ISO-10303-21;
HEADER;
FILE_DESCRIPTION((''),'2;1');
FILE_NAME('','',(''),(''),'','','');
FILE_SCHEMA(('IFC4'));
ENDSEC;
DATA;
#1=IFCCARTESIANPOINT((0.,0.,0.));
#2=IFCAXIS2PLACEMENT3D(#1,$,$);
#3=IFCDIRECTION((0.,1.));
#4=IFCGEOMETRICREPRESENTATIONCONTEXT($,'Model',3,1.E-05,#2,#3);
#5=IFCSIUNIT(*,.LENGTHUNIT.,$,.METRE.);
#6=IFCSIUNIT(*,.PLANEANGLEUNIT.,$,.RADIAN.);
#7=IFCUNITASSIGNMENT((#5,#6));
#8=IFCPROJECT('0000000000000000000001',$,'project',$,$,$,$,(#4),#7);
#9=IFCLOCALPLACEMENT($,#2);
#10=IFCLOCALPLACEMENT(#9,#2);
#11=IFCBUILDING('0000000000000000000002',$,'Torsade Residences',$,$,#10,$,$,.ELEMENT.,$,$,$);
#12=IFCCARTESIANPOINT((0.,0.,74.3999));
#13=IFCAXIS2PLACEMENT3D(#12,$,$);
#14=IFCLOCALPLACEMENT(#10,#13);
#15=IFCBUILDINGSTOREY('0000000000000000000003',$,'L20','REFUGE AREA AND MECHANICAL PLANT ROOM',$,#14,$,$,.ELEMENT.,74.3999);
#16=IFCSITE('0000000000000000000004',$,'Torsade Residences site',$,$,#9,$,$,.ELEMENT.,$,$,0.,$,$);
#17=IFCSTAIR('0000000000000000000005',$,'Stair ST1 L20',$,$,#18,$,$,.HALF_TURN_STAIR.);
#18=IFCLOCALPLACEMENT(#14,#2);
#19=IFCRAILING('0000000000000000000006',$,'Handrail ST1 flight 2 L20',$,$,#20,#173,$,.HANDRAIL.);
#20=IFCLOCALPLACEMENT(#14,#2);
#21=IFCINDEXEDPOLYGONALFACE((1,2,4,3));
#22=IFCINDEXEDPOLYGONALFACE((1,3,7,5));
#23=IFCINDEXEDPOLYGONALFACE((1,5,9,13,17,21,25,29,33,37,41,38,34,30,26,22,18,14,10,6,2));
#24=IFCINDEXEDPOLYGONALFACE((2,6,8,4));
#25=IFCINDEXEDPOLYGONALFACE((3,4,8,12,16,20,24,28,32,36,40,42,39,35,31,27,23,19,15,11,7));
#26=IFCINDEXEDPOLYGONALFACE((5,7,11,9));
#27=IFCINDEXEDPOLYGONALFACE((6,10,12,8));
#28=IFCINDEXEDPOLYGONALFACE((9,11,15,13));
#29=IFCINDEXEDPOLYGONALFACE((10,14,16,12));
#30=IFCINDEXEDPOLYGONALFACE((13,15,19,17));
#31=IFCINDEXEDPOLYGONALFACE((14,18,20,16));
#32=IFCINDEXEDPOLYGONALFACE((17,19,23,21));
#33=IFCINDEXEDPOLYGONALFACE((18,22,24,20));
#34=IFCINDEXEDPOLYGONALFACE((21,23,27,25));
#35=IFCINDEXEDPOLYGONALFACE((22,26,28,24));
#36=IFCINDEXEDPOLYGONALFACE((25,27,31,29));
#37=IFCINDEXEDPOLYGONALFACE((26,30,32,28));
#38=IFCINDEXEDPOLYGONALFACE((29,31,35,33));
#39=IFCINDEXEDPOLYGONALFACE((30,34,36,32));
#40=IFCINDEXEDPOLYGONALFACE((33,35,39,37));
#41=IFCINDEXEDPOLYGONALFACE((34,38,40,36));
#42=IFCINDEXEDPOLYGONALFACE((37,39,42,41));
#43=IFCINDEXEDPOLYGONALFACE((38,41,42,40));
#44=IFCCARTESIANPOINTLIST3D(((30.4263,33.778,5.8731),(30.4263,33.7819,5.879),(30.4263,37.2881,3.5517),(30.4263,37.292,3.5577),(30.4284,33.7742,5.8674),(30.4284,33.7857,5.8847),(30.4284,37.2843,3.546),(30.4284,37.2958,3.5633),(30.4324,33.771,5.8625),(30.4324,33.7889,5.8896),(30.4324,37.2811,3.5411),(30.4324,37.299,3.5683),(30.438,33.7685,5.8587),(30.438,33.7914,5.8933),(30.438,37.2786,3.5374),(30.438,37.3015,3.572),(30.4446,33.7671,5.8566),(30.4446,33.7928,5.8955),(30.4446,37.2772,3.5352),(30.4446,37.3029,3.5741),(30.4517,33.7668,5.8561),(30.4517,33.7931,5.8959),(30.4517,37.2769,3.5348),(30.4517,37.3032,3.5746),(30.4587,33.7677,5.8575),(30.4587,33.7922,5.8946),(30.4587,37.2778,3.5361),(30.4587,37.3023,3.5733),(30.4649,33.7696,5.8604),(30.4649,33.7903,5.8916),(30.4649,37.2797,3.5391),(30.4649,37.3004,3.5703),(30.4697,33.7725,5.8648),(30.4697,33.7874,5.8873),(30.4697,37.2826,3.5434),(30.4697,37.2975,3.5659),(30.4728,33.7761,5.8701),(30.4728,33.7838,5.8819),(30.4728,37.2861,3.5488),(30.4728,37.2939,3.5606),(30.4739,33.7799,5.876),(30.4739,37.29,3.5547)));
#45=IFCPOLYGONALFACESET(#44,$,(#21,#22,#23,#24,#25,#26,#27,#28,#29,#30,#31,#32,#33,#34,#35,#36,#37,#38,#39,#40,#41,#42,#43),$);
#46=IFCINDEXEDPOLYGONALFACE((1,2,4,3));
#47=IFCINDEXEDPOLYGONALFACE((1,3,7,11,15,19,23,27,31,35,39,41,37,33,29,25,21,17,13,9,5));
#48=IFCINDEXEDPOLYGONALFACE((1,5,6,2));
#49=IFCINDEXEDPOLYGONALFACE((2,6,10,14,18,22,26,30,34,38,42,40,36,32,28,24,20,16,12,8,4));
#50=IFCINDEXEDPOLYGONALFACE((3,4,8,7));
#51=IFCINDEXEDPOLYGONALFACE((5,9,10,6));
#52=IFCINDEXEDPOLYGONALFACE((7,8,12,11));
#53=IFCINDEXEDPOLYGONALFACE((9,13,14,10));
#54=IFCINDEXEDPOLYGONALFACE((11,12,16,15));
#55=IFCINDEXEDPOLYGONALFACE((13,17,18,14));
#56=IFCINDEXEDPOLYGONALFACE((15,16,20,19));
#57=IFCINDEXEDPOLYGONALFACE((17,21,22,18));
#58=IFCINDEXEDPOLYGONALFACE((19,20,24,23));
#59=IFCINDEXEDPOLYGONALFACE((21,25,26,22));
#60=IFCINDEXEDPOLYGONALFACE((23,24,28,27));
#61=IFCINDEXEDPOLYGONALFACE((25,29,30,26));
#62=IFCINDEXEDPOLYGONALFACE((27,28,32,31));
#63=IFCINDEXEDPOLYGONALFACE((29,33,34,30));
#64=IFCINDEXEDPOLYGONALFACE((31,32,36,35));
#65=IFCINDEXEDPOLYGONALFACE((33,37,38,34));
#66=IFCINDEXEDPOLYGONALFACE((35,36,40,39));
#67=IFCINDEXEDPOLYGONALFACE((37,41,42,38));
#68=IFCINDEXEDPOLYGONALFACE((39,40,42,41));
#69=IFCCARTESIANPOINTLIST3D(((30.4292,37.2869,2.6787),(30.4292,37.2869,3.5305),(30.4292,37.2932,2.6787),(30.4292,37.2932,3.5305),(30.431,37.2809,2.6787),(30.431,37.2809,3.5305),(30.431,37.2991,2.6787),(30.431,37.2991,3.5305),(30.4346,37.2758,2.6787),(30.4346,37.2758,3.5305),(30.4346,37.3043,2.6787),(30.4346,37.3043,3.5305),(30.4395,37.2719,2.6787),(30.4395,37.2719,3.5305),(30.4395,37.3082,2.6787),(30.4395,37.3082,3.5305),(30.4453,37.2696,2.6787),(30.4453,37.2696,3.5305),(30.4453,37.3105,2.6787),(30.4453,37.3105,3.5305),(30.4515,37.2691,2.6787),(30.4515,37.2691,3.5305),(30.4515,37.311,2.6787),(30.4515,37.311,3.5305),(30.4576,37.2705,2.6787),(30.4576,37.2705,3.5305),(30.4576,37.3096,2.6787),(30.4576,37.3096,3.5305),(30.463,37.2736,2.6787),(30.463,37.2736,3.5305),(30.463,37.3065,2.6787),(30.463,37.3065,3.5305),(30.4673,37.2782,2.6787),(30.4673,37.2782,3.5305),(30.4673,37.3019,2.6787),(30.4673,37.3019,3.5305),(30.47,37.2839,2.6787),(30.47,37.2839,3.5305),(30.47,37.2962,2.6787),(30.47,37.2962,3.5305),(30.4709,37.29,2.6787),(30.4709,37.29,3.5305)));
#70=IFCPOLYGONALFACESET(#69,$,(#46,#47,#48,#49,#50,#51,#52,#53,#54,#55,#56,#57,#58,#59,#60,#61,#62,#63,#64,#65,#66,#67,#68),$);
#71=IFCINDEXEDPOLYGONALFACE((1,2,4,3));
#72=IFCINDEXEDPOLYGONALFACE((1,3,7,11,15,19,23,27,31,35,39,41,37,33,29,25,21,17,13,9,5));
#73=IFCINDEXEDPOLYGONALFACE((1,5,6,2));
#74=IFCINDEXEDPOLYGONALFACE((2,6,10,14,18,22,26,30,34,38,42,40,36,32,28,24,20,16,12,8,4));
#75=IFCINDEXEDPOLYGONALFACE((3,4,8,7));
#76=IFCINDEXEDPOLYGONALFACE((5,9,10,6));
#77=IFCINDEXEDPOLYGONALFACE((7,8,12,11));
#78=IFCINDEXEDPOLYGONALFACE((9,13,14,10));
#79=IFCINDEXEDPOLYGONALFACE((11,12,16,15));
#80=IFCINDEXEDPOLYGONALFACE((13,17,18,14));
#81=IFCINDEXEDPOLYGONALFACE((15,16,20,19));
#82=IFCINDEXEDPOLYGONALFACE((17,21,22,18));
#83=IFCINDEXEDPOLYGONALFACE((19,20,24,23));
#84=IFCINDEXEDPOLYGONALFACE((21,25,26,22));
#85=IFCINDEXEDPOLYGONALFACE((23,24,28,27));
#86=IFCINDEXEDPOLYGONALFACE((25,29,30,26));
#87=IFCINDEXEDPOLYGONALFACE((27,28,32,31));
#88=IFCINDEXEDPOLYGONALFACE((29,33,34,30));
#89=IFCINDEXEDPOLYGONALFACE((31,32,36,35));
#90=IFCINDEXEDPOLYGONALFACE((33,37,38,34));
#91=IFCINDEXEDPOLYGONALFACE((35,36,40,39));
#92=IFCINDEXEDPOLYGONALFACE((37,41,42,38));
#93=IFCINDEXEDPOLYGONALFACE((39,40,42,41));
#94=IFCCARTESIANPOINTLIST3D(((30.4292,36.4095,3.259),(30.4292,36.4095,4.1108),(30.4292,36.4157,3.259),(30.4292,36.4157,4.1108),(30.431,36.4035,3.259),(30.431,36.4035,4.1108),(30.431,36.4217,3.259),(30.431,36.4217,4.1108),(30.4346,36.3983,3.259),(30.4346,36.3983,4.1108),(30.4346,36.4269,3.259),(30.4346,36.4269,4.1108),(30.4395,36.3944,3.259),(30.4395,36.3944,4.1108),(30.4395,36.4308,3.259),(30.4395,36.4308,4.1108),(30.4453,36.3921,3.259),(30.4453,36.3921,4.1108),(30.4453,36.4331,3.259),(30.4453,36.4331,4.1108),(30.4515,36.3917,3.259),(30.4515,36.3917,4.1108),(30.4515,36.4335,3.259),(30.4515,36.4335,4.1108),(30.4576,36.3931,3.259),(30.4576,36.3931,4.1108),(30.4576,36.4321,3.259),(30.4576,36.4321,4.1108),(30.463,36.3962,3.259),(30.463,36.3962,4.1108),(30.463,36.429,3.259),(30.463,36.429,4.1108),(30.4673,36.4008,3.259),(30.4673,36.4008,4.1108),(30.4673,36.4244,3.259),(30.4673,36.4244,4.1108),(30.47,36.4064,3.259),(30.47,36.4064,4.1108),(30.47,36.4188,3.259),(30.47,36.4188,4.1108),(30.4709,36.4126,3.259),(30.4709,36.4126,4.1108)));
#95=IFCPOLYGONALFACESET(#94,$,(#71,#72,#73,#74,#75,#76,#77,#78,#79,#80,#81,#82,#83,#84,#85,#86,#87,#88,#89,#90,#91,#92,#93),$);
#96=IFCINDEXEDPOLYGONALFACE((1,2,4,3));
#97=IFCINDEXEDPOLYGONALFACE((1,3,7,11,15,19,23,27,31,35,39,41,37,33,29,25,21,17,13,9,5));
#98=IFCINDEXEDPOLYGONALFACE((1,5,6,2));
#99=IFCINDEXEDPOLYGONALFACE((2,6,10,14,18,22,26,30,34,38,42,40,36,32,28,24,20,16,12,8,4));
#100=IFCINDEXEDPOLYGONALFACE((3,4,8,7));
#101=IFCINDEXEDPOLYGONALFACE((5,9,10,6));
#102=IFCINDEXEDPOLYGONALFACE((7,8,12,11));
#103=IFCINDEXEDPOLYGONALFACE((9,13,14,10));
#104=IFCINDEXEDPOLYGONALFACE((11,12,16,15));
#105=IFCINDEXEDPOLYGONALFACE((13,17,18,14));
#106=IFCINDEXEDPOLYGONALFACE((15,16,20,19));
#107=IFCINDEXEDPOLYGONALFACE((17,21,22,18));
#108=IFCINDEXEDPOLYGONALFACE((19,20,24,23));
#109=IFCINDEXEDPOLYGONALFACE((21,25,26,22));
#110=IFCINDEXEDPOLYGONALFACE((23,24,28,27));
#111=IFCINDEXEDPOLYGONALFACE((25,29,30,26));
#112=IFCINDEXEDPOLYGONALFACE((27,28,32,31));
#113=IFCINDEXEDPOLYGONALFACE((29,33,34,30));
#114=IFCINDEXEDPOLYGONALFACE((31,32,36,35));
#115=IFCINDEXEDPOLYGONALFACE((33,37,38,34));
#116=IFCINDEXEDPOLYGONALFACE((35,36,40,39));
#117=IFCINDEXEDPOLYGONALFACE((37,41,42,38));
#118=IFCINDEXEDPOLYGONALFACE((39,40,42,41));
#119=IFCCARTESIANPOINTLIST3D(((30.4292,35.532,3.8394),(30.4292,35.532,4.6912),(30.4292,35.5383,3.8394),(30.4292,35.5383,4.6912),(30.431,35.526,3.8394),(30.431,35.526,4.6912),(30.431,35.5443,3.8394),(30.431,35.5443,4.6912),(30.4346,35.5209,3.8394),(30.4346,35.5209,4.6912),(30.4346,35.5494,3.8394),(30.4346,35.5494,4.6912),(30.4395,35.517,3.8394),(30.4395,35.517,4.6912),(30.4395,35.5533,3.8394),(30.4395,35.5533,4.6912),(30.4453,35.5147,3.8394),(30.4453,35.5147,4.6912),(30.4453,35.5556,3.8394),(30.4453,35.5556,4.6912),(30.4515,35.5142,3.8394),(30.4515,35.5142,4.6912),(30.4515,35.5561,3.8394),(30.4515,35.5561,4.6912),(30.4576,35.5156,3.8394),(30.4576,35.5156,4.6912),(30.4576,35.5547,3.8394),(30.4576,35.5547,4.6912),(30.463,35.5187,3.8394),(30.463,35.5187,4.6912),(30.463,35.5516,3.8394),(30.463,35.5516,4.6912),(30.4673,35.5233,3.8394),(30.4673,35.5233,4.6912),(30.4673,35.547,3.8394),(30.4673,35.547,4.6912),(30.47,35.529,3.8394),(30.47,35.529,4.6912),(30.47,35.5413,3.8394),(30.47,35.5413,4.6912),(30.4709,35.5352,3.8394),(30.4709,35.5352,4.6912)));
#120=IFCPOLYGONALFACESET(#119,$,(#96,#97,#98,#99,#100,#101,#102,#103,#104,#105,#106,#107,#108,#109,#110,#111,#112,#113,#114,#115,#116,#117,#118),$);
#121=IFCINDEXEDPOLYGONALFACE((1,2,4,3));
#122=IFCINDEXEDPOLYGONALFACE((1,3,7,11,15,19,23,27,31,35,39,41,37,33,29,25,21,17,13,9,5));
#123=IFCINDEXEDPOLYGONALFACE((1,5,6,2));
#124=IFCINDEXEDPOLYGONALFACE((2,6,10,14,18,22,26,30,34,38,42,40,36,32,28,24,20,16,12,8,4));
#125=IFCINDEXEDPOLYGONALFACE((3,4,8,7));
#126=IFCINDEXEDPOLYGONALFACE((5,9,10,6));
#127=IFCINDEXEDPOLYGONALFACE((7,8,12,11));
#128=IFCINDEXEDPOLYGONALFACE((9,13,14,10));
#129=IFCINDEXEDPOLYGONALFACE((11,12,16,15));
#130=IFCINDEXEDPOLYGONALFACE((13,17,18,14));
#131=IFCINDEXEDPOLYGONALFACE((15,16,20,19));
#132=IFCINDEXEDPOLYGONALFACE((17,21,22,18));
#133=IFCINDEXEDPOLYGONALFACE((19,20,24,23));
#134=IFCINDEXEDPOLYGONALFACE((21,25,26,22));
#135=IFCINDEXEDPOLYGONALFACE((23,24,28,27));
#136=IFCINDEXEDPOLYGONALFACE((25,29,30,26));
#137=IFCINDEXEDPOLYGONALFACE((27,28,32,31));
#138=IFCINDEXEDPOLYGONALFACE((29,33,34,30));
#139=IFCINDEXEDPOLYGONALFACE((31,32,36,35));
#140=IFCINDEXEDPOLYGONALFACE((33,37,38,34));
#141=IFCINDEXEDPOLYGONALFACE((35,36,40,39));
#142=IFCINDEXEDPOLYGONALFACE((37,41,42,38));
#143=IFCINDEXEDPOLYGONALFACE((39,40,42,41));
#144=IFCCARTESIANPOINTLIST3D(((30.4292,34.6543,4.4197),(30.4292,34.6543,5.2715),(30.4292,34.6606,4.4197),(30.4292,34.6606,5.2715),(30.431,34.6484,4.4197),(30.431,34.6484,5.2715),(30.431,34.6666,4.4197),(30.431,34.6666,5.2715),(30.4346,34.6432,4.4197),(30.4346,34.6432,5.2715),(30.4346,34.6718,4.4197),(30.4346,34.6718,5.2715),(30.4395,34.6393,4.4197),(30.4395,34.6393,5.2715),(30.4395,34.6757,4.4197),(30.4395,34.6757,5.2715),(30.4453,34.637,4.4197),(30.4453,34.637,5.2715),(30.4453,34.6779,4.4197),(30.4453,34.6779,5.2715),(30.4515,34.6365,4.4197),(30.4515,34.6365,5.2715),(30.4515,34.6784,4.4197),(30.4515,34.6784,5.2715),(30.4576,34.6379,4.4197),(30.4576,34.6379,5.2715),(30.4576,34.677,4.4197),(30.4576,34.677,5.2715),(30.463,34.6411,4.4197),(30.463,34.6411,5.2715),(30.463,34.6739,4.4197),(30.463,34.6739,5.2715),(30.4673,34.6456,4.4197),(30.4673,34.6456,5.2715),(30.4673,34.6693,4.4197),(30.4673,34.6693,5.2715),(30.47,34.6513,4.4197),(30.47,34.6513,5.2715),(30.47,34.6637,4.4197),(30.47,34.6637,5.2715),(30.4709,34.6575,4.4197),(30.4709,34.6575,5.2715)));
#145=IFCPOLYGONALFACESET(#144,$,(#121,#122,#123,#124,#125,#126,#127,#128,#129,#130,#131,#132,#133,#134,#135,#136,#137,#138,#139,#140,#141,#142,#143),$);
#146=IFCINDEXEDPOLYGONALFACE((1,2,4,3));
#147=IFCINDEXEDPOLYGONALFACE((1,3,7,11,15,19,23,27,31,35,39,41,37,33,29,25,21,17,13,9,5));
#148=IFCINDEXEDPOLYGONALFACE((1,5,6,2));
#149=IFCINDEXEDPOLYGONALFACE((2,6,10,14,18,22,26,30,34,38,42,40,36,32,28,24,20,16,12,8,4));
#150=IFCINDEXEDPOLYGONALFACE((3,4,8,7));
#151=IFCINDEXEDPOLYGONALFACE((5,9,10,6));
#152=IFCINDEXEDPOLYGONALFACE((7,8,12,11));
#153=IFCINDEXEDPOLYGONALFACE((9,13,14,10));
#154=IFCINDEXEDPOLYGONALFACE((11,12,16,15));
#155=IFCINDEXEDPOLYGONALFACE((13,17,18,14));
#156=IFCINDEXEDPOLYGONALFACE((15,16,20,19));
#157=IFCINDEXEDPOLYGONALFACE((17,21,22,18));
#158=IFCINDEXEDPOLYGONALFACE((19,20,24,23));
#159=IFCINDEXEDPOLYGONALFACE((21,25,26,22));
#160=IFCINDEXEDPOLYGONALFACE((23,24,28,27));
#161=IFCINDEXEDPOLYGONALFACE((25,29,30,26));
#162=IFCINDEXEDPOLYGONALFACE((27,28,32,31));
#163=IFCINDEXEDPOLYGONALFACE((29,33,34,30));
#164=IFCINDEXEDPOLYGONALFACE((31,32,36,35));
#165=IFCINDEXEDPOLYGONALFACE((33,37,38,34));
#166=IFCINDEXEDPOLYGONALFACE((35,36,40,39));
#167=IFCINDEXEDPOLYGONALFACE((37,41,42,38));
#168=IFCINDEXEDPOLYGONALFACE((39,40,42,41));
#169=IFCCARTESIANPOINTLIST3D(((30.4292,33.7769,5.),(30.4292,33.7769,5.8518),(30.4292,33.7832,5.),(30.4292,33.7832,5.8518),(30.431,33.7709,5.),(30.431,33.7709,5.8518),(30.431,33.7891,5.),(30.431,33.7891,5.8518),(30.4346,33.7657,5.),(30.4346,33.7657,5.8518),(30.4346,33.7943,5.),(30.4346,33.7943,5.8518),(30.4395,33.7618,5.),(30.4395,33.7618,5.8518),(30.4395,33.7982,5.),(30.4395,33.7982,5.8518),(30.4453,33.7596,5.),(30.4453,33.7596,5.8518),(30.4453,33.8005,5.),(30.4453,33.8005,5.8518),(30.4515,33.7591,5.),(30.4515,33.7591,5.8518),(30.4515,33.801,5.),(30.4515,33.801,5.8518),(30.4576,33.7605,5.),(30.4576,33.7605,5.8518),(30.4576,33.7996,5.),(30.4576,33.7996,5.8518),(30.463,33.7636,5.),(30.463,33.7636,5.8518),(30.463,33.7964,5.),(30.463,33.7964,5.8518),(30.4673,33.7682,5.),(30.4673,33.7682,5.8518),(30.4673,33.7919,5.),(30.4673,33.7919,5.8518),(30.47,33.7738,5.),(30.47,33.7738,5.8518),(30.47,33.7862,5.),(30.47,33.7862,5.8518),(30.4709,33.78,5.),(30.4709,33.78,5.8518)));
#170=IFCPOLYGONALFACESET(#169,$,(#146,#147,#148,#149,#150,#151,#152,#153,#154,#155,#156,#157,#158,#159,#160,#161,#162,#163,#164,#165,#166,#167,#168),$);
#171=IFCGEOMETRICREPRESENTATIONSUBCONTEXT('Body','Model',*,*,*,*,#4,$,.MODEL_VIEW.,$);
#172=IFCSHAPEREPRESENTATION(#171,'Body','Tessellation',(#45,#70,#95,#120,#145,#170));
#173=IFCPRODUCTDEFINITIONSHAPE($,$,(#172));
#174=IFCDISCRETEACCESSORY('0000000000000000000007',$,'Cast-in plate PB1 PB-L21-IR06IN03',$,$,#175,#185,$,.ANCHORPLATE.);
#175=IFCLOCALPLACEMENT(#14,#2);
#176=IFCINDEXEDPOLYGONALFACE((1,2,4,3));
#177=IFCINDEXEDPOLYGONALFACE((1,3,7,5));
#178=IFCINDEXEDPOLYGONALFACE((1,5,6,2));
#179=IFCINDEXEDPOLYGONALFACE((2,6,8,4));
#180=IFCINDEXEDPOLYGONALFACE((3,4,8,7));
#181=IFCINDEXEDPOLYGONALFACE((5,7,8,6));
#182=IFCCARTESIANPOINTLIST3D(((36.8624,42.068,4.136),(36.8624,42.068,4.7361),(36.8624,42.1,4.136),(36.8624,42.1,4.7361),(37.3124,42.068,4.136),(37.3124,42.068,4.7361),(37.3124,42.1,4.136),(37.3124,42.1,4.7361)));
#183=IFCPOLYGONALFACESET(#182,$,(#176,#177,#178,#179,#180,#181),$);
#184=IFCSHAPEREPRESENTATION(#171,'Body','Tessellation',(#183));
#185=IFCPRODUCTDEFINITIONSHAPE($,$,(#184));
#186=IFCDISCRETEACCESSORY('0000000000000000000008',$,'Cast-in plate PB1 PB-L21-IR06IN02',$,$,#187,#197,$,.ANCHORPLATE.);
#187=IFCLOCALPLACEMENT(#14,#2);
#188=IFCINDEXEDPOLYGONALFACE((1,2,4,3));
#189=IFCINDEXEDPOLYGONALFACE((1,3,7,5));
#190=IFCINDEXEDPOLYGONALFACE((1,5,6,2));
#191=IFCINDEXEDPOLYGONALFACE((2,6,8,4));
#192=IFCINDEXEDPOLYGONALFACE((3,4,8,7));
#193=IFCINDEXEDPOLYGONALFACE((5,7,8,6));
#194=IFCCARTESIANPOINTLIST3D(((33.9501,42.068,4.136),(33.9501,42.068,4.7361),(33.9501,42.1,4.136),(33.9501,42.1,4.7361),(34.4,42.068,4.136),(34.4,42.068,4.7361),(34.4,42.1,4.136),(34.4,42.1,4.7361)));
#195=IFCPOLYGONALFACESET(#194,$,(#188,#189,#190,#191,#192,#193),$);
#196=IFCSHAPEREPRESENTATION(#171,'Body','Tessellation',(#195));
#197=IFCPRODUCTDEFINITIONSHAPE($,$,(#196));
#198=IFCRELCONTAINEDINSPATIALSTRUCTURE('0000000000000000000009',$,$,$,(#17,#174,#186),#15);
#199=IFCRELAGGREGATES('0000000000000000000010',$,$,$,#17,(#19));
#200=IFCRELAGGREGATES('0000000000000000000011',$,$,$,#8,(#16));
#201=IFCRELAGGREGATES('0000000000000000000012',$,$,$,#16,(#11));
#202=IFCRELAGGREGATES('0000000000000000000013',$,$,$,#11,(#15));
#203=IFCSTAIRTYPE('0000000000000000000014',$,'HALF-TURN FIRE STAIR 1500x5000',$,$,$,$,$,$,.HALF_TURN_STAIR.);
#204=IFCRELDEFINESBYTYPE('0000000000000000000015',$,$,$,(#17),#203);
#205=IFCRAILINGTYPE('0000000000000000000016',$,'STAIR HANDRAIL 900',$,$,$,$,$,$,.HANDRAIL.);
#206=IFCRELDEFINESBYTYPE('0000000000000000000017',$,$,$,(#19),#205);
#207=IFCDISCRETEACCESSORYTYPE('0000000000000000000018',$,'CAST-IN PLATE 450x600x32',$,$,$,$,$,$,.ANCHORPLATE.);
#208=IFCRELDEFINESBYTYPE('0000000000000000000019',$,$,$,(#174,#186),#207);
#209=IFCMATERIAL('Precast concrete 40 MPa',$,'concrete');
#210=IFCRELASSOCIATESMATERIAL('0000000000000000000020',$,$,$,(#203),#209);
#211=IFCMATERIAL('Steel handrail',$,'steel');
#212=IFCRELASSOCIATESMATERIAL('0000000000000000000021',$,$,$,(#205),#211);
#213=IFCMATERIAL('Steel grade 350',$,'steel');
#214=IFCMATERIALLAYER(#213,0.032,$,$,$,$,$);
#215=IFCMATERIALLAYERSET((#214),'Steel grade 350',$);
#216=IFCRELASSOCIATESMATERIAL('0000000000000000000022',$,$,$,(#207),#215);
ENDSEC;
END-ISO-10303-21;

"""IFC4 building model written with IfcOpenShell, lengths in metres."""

from ifc_helpers import new_model, si_unit, direction, frame, origin, origin_2d, place, context, subcontext, project, spatial, rectangle, circle, extrude, material, layer, layer_set, type_object, element, aggregate, save


model = new_model("IFC4")

# Units and contexts
model_context = context("Model", 3, precision=1e-05, world=origin(), true_north=direction((0.0, 1.0)))
body_context = subcontext(model_context, "Body", "Model", "MODEL_VIEW")
ifc_project = project(units=[si_unit("LENGTHUNIT", "METRE"), si_unit("PLANEANGLEUNIT", "RADIAN")], contexts=[model_context])

# Site, building, storey
site_placement = place(None, origin())
site = spatial("IfcSite", under=ifc_project, at=site_placement, Name="Torsade Residences site", CompositionType="ELEMENT", RefElevation=0.0)
building_placement = place(site_placement, origin())
building = spatial("IfcBuilding", under=site, at=building_placement, Name="Torsade Residences", CompositionType="ELEMENT")
storey_placement = place(building_placement, frame((0.0, 0.0, 74.3999)))
storey = spatial("IfcBuildingStorey", under=building, at=storey_placement, Name="L20", Description="REFUGE AREA AND MECHANICAL PLANT ROOM", CompositionType="ELEMENT", Elevation=74.3999)

# Stair, railing
ifc_material_1 = material(Name="Precast concrete 40 MPa", Category="concrete")
stair_type = type_object("IfcStairType", Name="HALF-TURN FIRE STAIR 1500x5000", PredefinedType="HALF_TURN_STAIR", material=ifc_material_1)
stair_placement = place(storey_placement, origin())
stair = element("IfcStair", 1, at=stair_placement, inside=storey, type_object=stair_type, Name="Stair ST1 L20", PredefinedType="HALF_TURN_STAIR")
ifc_material_2 = material(Name="Steel handrail", Category="steel")
railing_type = type_object("IfcRailingType", Name="STAIR HANDRAIL 900", PredefinedType="HANDRAIL", material=ifc_material_2)
railing_1_placement = place(storey_placement, frame((30.45, 37.29, 2.6787)))
railing_1 = element("IfcRailing", 2, at=railing_1_placement, type_object=railing_type, Name="Handrail ST1 flight 2 L20", PredefinedType="HANDRAIL", context=body_context, shape_type="SweptSolid", body=[
    extrude(circle(Radius=0.0239, at=origin_2d()), frame((0.0, 0.0, 0.876), z_axis=(0.0, -0.834097, 0.551617), x_axis=(1.0, 0.0, 0.0)), (0.0, 0.0, 1.0), 4.2083),
    extrude(circle(Radius=0.021, at=origin_2d()), origin(), (0.0, 0.0, 1.0), 0.8518),
    extrude(circle(Radius=0.021, at=origin_2d()), frame((0.0, -0.8774, 0.5803)), (0.0, 0.0, 1.0), 0.8518),
    extrude(circle(Radius=0.021, at=origin_2d()), frame((0.0, -1.7549, 1.1606)), (0.0, 0.0, 1.0), 0.8518),
    extrude(circle(Radius=0.021, at=origin_2d()), frame((0.0, -2.6326, 1.741)), (0.0, 0.0, 1.0), 0.8518),
    extrude(circle(Radius=0.021, at=origin_2d()), frame((0.0, -3.51, 2.3213)), (0.0, 0.0, 1.0), 0.8518),
])
aggregate(stair, [railing_1])

# Discrete accessories
ifc_material_3 = material(Name="Steel grade 350", Category="steel")
ifc_layer_1 = layer(ifc_material_3, 0.032)
ifc_layer_set_1 = layer_set([ifc_layer_1], Name="Steel grade 350")
discrete_accessory_type = type_object("IfcDiscreteAccessoryType", Name="CAST-IN PLATE 450x600x32", PredefinedType="ANCHORPLATE", material=ifc_layer_set_1)
for number, where, z_axis, x_axis, name in (
    (3, (37.0874, 42.084, 4.136), (0.0, 0.0, 1.0), (1.0, 0.0, 0.0), "Cast-in plate PB1 PB-L21-IR06IN03"),
    (4, (34.175, 42.084, 4.136), (0.0, 0.0, 1.0), (1.0, 0.0, 0.0), "Cast-in plate PB1 PB-L21-IR06IN02"),
):
    element("IfcDiscreteAccessory", number, at=place(storey_placement, frame(where, z_axis=z_axis, x_axis=x_axis)), inside=storey, type_object=discrete_accessory_type, Name=name, PredefinedType="ANCHORPLATE", context=body_context, shape_type="SweptSolid", body=[
        extrude(rectangle(XDim=0.45, YDim=0.032, at=origin_2d()), origin(), (0.0, 0.0, 1.0), 0.6001),
    ])

save(model, "model.ifc")
